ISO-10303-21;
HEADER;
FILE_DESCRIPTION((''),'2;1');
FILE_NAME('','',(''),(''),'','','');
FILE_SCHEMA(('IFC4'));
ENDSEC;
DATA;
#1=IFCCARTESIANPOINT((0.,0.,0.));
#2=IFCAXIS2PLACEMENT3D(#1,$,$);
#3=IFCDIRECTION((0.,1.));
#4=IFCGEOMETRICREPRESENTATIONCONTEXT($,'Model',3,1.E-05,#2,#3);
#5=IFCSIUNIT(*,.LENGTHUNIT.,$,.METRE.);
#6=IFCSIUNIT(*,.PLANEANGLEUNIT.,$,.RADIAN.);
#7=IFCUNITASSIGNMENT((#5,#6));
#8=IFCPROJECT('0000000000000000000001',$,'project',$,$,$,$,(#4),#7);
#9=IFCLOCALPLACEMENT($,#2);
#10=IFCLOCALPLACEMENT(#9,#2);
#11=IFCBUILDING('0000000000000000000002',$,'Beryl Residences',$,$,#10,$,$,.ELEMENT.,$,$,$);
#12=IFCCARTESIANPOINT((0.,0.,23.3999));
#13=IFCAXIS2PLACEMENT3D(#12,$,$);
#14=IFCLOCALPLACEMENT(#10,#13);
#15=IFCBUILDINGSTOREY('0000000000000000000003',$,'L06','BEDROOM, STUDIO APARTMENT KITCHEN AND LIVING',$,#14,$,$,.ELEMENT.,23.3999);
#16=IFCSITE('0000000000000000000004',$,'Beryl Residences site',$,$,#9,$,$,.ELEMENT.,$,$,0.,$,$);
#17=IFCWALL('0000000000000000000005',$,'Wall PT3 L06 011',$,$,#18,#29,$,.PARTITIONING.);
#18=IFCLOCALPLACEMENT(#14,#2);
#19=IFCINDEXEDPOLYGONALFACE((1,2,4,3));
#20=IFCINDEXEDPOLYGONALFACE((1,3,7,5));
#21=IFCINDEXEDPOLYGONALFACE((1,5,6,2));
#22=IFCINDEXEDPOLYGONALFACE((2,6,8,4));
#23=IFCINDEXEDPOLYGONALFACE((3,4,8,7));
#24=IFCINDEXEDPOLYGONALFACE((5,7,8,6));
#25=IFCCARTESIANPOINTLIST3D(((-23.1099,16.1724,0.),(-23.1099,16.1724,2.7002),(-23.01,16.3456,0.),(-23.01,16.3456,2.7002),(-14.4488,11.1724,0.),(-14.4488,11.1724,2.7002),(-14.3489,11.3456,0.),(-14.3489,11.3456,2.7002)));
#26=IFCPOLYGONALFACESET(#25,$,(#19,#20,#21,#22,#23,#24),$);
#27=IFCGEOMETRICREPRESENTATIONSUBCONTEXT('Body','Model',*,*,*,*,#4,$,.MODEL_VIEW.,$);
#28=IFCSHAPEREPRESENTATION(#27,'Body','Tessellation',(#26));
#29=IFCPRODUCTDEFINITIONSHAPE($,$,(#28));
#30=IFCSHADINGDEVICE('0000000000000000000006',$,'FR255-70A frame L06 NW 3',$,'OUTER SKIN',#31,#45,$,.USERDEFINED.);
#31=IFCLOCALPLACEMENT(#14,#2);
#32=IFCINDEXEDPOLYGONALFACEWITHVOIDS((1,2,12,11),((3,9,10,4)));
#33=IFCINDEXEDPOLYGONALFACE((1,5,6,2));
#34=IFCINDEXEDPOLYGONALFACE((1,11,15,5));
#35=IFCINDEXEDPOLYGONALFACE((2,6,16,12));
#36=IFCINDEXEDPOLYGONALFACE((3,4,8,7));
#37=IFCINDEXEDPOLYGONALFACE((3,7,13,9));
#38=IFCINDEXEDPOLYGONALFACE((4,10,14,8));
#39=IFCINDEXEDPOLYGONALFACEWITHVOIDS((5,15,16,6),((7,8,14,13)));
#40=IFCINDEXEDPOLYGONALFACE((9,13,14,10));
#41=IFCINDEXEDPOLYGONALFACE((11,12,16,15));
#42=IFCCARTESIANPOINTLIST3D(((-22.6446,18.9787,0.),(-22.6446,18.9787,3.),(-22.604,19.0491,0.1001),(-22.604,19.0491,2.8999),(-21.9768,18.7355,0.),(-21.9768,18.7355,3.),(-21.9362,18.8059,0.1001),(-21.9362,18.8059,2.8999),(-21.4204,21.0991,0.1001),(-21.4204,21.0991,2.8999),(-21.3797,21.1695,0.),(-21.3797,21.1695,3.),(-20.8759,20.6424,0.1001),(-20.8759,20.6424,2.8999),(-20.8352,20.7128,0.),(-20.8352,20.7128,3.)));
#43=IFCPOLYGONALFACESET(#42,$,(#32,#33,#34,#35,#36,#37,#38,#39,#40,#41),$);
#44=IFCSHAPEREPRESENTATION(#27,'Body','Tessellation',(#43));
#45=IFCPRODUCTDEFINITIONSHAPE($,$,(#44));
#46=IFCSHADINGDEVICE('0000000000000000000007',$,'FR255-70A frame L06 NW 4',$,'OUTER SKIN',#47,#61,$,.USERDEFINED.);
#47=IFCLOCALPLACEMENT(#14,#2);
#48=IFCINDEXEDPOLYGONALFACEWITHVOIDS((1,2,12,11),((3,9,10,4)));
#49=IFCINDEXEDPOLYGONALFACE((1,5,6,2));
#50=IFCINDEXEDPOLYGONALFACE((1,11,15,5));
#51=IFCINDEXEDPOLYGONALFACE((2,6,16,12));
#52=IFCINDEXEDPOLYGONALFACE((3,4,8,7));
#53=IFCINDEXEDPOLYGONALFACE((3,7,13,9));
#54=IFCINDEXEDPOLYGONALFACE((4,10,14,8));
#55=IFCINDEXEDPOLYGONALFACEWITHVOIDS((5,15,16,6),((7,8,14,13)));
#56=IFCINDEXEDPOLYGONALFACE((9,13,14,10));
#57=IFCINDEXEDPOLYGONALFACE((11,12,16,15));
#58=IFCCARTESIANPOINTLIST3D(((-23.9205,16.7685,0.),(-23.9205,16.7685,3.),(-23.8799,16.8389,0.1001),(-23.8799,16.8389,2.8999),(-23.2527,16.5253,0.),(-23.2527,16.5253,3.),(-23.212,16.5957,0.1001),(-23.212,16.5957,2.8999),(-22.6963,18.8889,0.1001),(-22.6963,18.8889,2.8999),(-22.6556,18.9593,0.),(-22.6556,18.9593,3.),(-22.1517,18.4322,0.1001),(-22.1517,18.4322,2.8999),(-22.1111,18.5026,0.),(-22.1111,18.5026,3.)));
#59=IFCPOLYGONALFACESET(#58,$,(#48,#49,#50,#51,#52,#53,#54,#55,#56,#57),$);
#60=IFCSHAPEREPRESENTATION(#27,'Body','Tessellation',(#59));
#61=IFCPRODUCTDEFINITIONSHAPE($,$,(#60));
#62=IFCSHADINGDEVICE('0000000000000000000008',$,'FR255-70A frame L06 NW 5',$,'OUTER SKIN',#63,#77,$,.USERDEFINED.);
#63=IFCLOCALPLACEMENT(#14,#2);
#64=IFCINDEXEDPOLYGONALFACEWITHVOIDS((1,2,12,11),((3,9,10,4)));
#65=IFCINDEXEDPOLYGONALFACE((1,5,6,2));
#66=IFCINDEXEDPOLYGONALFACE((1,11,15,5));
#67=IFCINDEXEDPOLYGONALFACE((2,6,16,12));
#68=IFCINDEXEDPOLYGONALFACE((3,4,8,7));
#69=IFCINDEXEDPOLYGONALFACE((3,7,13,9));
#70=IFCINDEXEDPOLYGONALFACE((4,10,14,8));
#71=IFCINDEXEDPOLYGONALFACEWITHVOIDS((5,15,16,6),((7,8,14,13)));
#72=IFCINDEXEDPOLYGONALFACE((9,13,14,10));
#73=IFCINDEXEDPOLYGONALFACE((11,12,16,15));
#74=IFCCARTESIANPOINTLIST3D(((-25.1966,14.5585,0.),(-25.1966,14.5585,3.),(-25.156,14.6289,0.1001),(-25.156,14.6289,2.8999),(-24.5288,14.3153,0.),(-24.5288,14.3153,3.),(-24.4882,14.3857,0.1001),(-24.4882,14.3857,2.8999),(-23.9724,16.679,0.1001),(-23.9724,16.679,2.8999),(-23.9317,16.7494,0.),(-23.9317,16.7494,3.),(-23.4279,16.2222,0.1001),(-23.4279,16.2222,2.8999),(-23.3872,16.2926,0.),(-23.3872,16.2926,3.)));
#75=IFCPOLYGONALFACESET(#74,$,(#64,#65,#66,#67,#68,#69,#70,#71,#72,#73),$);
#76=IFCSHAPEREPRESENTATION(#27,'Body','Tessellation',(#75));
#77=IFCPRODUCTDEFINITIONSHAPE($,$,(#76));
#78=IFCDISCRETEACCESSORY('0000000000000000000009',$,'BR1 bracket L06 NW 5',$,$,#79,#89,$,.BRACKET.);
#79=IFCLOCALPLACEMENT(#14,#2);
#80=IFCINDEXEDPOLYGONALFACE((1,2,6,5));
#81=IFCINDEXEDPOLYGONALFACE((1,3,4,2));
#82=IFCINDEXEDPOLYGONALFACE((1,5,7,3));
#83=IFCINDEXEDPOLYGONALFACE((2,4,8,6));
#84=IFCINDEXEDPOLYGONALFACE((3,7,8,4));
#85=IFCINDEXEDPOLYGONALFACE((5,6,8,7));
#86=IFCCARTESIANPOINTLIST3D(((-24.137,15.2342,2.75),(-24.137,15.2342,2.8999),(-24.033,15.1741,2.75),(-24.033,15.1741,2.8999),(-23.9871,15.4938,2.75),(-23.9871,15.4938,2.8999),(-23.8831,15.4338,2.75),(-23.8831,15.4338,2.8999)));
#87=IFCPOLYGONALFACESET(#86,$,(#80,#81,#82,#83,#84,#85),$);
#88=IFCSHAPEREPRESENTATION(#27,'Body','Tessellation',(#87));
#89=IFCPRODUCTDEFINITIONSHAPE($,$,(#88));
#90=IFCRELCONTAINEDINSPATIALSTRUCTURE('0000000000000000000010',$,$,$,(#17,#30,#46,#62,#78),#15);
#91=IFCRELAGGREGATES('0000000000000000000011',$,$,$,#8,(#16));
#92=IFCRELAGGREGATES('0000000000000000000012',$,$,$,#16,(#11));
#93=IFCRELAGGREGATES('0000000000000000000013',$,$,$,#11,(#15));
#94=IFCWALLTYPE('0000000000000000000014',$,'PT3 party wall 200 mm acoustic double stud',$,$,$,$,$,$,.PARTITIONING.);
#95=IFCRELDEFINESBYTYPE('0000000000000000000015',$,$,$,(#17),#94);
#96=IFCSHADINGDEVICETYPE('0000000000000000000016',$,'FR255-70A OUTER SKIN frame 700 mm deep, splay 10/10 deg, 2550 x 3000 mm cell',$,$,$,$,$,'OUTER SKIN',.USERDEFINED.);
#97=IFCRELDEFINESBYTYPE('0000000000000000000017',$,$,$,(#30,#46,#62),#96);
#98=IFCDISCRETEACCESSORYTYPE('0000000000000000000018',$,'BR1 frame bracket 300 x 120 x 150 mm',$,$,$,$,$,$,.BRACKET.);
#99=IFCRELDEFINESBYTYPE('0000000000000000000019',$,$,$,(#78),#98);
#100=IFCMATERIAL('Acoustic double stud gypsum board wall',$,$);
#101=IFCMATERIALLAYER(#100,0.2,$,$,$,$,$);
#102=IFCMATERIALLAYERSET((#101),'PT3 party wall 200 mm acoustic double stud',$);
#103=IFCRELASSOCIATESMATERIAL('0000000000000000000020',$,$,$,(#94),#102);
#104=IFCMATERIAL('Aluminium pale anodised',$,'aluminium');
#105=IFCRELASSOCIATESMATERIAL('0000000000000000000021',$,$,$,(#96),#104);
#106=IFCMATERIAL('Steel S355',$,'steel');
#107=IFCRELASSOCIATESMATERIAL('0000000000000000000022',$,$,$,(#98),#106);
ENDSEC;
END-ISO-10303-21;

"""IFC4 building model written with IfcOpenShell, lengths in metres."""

from ifc_helpers import new_model, entity, si_unit, direction, frame, frame_2d, origin, place, context, subcontext, project, spatial, polyline, rectangle, outline, extrude, source, transform, mapped, material, layer, layer_set, type_object, type_shapes, element, save


model = new_model("IFC4")

# Units and contexts
model_context = context("Model", 3, precision=1e-05, world=origin(), true_north=direction((0.0, 1.0)))
body_context = subcontext(model_context, "Body", "Model", "MODEL_VIEW")
ifc_project = project(units=[si_unit("LENGTHUNIT", "METRE"), si_unit("PLANEANGLEUNIT", "RADIAN")], contexts=[model_context])

# Site, building, storey
site_placement = place(None, origin())
site = spatial("IfcSite", under=ifc_project, at=site_placement, Name="Beryl Residences site", CompositionType="ELEMENT", RefElevation=0.0)
building_placement = place(site_placement, origin())
building = spatial("IfcBuilding", under=site, at=building_placement, Name="Beryl Residences", CompositionType="ELEMENT")
storey_placement = place(building_placement, frame((0.0, 0.0, 23.3999)))
storey = spatial("IfcBuildingStorey", under=building, at=storey_placement, Name="L06", Description="BEDROOM, STUDIO APARTMENT KITCHEN AND LIVING", CompositionType="ELEMENT", Elevation=23.3999)

# Wall
ifc_material_1 = material(Name="Acoustic double stud gypsum board wall")
ifc_layer_1 = layer(ifc_material_1, 0.2)
ifc_layer_set_1 = layer_set([ifc_layer_1], Name="PT3 party wall 200 mm acoustic double stud")
wall_type_1 = type_object("IfcWallType", Name="PT3 party wall 200 mm acoustic double stud", PredefinedType="PARTITIONING", material=ifc_layer_set_1)
wall_1_placement = place(storey_placement, frame((-23.0601, 16.259, 0.0), z_axis=(0.0, 0.0, 1.0), x_axis=(0.866047, -0.499962, 0.0)))
element("IfcWall", 1, at=wall_1_placement, inside=storey, type_object=wall_type_1, Name="Wall PT3 L06 011", PredefinedType="PARTITIONING", context=body_context, shape_type="SweptSolid", body=[
    extrude(rectangle(XDim=10.0007, YDim=0.2, at=frame_2d((5.0005, 0.0))), origin(), (0.0, 0.0, 1.0), 2.7002),
])

# Shading devices
ifc_material_2 = material(Name="Aluminium pale anodised", Category="aluminium")
shading_device_type = type_object("IfcShadingDeviceType", Name="FR255-70A OUTER SKIN frame 700 mm deep, splay 10/10 deg, 2550 x 3000 mm cell", ElementType="OUTER SKIN", PredefinedType="USERDEFINED", material=ifc_material_2)
cartesian_point_1 = entity("IfcCartesianPoint", [-1.1416, 0.0])
cartesian_point_2 = entity("IfcCartesianPoint", [-1.0603, 0.1001])
cartesian_point_3 = entity("IfcCartesianPoint", [-1.2649, 0.0])
cartesian_point_4 = entity("IfcCartesianPoint", [-1.1836, 0.1001])
shared_shape_1 = source(origin(), body_context, "Body", "SweptSolid", [
    entity("IfcExtrudedAreaSolidTapered", entity("IfcArbitraryProfileDefWithVoids", "AREA", None, entity("IfcPolyline", [cartesian_point_1, entity("IfcCartesianPoint", [1.1416, 0.0]), entity("IfcCartesianPoint", [1.1416, 3.0]), entity("IfcCartesianPoint", [-1.1416, 3.0]), cartesian_point_1]), [entity("IfcPolyline", [cartesian_point_2, entity("IfcCartesianPoint", [1.0603, 0.1001]), entity("IfcCartesianPoint", [1.0603, 2.8999]), entity("IfcCartesianPoint", [-1.0603, 2.8999]), cartesian_point_2])]), entity("IfcAxis2Placement3D", entity("IfcCartesianPoint", [0.0, 0.0, 0.0]), entity("IfcDirection", [0.0, 1.0, 0.0]), entity("IfcDirection", [-1.0, 0.0, 0.0])), entity("IfcDirection", [0.0, 0.0, 1.0]), 0.7, entity("IfcArbitraryProfileDefWithVoids", "AREA", None, entity("IfcPolyline", [cartesian_point_3, entity("IfcCartesianPoint", [1.2649, 0.0]), entity("IfcCartesianPoint", [1.2649, 3.0]), entity("IfcCartesianPoint", [-1.2649, 3.0]), cartesian_point_3]), [entity("IfcPolyline", [cartesian_point_4, entity("IfcCartesianPoint", [1.1836, 0.1001]), entity("IfcCartesianPoint", [1.1836, 2.8999]), entity("IfcCartesianPoint", [-1.1836, 2.8999]), cartesian_point_4])])),
])
type_shapes(shading_device_type, [shared_shape_1])
for number, where, z_axis, x_axis, name in (
    (2, (-21.406, 19.7241, 0.0), (0.0, 0.0, 1.0), (0.5, 0.866025, 0.0), "FR255-70A frame L06 NW 3"),
    (3, (-22.6819, 17.5139, 0.0), (0.0, 0.0, 1.0), (0.5, 0.866025, 0.0), "FR255-70A frame L06 NW 4"),
    (4, (-23.958, 15.304, 0.0), (0.0, 0.0, 1.0), (0.5, 0.866025, 0.0), "FR255-70A frame L06 NW 5"),
):
    element("IfcShadingDevice", number, at=place(storey_placement, frame(where, z_axis=z_axis, x_axis=x_axis)), inside=storey, type_object=shading_device_type, Name=name, ObjectType="OUTER SKIN", PredefinedType="USERDEFINED", context=body_context, shape_type="MappedRepresentation", body=[
        mapped(shared_shape_1, transform((0.0, 0.0, 0.0))),
    ])

# Discrete accessory
ifc_material_3 = material(Name="Steel S355", Category="steel")
discrete_accessory_type = type_object("IfcDiscreteAccessoryType", Name="BR1 frame bracket 300 x 120 x 150 mm", PredefinedType="BRACKET", material=ifc_material_3)
shared_shape_2 = source(origin(), body_context, "Body", "SweptSolid", [
    extrude(outline(polyline([(-0.1499, 0.0), (0.1499, 0.0), (0.1499, 0.1201), (-0.1499, 0.1201), (-0.1499, 0.0)])), origin(), (0.0, 0.0, 1.0), 0.1499),
])
type_shapes(discrete_accessory_type, [shared_shape_2])
discrete_accessory_placement = place(storey_placement, frame((-23.958, 15.304, 2.75), z_axis=(0.0, 0.0, 1.0), x_axis=(0.5, 0.866025, 0.0)))
element("IfcDiscreteAccessory", 5, at=discrete_accessory_placement, inside=storey, type_object=discrete_accessory_type, Name="BR1 bracket L06 NW 5", PredefinedType="BRACKET", context=body_context, shape_type="MappedRepresentation", body=[
    mapped(shared_shape_2, transform((0.0, 0.0, 0.0))),
])

save(model, "model.ifc")
